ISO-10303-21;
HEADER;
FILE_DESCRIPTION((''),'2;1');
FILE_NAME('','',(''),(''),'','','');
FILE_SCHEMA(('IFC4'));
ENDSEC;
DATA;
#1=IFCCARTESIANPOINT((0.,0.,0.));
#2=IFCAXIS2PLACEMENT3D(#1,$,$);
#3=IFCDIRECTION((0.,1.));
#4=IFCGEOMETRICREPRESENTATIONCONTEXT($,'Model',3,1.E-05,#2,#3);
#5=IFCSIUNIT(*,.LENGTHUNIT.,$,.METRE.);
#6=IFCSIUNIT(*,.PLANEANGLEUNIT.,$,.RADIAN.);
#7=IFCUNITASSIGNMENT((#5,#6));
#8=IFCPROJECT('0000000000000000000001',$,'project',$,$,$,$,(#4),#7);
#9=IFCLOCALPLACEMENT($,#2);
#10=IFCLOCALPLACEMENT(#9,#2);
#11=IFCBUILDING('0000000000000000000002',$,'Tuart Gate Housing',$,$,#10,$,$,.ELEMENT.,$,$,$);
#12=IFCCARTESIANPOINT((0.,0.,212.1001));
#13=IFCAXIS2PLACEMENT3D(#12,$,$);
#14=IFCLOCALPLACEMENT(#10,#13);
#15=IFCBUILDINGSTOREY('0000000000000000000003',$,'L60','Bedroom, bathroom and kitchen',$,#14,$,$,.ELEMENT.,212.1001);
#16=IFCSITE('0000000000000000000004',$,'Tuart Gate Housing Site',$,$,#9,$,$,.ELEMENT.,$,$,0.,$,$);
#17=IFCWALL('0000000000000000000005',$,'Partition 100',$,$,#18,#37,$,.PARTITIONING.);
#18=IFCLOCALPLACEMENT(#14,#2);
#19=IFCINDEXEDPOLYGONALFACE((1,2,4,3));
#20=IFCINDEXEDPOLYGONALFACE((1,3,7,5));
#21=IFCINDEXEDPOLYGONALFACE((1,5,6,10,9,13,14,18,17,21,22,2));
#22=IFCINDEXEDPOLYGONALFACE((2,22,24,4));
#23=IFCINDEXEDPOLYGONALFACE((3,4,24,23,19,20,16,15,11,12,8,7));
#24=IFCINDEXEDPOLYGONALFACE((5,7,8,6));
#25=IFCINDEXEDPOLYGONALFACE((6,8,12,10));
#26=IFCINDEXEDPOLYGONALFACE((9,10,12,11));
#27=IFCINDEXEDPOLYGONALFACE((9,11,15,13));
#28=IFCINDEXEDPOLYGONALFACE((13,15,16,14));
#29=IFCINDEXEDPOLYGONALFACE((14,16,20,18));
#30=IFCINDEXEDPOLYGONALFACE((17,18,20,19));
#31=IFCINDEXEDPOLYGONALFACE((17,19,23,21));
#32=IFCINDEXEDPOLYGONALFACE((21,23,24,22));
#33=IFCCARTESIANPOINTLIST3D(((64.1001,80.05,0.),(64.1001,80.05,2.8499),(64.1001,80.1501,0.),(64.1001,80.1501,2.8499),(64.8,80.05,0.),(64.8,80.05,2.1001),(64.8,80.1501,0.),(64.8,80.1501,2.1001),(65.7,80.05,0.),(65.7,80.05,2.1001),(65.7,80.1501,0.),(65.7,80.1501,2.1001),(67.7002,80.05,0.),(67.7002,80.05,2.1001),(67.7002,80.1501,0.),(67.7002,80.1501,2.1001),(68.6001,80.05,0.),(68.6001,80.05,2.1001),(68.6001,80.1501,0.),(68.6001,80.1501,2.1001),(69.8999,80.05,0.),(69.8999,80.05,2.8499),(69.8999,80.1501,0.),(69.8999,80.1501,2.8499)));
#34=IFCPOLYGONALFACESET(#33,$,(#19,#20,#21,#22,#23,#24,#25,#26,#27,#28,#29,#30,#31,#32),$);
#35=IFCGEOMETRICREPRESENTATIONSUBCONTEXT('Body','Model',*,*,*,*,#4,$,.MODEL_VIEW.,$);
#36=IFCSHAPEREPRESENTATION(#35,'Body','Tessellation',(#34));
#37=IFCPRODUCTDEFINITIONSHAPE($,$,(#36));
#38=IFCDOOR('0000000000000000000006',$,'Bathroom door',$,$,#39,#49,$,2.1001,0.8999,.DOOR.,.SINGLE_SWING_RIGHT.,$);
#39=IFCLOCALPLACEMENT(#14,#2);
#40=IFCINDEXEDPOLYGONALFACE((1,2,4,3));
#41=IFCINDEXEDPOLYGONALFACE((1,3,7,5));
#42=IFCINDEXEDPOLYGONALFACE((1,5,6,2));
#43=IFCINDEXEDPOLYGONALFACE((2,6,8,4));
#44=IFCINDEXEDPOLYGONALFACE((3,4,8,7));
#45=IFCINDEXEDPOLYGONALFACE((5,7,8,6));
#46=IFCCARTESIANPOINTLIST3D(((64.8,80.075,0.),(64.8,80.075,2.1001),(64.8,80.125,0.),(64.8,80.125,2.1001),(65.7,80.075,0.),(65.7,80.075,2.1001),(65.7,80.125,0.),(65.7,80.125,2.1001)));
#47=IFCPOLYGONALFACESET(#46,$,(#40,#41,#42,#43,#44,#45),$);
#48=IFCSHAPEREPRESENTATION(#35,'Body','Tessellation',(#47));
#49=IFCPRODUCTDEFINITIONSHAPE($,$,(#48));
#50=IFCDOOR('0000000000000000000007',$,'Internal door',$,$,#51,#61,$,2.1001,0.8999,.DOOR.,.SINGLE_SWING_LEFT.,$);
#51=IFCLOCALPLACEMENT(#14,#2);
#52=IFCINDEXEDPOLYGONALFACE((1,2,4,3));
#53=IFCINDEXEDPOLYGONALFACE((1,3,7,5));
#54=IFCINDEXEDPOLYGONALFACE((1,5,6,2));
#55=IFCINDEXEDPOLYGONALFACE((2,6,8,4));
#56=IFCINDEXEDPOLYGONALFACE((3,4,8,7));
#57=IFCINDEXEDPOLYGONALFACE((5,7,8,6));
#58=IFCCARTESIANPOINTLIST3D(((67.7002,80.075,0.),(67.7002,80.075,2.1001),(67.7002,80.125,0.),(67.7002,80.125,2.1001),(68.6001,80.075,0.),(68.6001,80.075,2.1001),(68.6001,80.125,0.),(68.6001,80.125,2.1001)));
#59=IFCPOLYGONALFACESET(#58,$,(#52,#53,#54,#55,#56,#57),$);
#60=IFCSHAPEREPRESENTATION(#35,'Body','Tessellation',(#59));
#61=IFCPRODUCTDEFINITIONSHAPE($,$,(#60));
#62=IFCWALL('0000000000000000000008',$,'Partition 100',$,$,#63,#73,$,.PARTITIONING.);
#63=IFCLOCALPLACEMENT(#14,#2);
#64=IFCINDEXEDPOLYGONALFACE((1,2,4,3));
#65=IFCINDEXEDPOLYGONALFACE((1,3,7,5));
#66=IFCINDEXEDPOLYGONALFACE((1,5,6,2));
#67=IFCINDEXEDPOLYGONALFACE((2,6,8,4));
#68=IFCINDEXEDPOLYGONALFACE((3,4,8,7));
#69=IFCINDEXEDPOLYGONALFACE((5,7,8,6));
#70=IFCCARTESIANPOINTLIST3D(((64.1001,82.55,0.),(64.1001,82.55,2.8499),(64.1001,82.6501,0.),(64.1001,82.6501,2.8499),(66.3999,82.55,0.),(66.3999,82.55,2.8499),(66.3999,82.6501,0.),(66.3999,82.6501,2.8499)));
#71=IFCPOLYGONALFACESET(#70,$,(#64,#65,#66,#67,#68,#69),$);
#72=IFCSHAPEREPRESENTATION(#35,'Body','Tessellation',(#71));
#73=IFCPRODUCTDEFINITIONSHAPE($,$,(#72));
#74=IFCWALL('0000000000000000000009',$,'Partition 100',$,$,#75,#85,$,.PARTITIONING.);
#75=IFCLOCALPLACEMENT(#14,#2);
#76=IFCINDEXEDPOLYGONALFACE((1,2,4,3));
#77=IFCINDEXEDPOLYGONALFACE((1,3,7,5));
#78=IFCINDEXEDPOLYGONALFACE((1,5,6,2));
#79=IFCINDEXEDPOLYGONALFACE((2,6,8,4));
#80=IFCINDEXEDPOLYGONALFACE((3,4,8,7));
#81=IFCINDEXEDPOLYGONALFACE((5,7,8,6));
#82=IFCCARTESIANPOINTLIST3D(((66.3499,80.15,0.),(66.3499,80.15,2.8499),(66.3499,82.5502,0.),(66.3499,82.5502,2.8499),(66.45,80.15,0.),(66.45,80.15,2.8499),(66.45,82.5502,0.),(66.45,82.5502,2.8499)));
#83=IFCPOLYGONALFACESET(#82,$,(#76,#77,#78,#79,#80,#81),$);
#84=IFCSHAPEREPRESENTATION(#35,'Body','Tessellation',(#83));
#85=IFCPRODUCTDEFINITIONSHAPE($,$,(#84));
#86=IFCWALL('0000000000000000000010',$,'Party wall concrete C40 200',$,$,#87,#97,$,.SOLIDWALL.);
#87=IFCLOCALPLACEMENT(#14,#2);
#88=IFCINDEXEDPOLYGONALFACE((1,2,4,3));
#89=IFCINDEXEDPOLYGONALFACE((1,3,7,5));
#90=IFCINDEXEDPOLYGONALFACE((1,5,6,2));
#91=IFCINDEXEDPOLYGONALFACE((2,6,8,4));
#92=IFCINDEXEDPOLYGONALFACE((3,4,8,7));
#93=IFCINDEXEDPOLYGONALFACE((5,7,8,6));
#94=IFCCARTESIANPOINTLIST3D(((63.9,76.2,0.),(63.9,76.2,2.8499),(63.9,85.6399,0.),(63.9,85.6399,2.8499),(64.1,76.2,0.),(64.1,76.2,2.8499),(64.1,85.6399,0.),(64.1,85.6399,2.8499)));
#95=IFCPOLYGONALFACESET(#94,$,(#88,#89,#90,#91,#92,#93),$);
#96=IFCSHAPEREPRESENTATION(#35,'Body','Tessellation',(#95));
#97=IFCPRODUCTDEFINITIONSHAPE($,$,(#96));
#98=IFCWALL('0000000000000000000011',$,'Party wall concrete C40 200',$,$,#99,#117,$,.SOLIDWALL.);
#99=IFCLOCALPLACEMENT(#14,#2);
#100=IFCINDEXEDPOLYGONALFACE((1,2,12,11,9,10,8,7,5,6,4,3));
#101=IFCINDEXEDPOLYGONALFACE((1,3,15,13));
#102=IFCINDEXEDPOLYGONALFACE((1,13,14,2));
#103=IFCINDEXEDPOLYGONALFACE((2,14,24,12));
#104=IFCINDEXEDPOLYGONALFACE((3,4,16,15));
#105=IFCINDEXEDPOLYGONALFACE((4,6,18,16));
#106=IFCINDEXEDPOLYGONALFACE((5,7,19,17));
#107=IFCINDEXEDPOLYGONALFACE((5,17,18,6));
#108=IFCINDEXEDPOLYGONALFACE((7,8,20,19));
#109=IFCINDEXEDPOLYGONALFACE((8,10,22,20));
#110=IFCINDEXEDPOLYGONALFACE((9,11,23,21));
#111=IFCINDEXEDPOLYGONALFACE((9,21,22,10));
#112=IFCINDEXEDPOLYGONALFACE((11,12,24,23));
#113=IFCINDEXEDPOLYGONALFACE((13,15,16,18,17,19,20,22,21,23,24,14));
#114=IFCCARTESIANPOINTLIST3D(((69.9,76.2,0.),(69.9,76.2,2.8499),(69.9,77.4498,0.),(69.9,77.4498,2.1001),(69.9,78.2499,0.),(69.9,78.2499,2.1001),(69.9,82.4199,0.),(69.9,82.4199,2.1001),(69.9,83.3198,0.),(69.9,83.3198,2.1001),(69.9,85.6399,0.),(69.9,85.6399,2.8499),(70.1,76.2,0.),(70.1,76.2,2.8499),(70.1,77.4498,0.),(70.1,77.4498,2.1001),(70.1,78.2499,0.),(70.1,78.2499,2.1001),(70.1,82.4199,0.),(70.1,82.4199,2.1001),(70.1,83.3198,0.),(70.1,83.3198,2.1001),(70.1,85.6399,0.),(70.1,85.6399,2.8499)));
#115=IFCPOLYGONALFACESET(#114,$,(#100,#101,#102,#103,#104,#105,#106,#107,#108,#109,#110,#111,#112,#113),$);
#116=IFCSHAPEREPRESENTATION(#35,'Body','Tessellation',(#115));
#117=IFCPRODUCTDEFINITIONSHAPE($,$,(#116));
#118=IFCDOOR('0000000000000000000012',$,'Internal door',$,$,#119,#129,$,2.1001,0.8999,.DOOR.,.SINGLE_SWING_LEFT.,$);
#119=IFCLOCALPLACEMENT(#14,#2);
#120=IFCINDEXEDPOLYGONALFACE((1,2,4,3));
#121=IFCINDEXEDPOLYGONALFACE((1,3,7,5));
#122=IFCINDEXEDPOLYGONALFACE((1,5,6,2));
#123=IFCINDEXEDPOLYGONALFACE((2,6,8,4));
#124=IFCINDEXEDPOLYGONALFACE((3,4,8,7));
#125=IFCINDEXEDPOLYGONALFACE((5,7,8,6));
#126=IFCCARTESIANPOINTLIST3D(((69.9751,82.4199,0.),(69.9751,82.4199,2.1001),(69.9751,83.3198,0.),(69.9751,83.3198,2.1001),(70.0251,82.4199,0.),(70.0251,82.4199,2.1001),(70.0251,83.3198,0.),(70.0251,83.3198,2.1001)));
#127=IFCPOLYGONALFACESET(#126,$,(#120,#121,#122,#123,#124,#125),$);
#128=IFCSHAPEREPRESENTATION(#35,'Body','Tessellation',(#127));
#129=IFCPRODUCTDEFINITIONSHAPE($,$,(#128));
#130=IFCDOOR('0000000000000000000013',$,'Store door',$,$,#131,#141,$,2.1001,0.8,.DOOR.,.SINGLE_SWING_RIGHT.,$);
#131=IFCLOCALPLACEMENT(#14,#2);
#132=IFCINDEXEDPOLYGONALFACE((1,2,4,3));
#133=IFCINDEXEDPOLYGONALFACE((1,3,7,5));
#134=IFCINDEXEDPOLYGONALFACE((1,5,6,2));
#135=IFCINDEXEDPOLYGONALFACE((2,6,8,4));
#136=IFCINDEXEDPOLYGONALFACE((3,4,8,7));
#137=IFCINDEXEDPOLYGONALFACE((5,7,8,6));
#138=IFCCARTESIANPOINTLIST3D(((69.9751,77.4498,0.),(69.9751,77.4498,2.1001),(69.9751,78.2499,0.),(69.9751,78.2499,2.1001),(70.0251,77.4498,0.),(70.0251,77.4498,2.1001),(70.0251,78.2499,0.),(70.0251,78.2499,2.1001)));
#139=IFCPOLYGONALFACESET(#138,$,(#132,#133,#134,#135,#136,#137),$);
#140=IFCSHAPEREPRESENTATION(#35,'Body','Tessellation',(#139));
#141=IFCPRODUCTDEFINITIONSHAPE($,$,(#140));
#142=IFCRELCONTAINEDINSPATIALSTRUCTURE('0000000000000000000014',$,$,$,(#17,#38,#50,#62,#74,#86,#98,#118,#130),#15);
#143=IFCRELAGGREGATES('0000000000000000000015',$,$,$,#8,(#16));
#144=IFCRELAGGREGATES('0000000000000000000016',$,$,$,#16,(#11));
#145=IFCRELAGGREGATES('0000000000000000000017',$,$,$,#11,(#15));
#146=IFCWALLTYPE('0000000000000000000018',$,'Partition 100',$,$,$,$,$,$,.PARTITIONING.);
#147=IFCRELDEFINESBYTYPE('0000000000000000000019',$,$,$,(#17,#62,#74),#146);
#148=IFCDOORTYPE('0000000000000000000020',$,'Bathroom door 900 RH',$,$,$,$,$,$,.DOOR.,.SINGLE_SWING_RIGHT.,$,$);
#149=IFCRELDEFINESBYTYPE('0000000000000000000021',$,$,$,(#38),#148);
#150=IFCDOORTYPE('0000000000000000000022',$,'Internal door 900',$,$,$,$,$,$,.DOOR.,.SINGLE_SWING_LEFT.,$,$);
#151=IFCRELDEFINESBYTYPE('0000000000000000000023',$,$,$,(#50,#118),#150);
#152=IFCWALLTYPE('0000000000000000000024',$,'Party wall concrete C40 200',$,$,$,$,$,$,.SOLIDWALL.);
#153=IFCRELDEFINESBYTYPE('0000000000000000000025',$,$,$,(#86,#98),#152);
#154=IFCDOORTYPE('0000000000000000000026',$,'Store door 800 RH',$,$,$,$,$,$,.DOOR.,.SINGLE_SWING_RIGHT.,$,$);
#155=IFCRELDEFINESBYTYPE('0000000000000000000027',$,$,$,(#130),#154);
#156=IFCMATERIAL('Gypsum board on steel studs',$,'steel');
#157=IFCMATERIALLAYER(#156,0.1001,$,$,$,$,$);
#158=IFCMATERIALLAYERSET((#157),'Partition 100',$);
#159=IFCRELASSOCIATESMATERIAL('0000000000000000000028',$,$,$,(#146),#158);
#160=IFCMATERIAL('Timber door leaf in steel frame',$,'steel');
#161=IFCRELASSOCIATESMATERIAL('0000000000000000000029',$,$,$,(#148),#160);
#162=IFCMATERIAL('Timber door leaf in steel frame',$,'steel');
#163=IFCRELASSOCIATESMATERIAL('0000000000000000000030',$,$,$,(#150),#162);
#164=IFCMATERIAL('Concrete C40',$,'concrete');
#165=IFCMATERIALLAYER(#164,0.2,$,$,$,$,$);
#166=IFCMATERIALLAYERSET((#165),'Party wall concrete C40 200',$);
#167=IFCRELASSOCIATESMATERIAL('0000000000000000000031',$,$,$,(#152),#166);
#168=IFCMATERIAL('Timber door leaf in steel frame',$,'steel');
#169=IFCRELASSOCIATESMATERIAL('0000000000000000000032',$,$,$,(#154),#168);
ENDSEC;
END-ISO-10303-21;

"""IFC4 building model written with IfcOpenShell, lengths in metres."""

from ifc_helpers import new_model, si_unit, direction, frame, frame_2d, origin, place, context, subcontext, project, spatial, rectangle, extrude, material, layer, layer_set, type_object, element, fill, save


model = new_model("IFC4")

# Units and contexts
model_context = context("Model", 3, precision=1e-05, world=origin(), true_north=direction((0.0, 1.0)))
body_context = subcontext(model_context, "Body", "Model", "MODEL_VIEW")
ifc_project = project(units=[si_unit("LENGTHUNIT", "METRE"), si_unit("PLANEANGLEUNIT", "RADIAN")], contexts=[model_context])

# Site, building, storey
site_placement = place(None, origin())
site = spatial("IfcSite", under=ifc_project, at=site_placement, Name="Tuart Gate Housing Site", CompositionType="ELEMENT", RefElevation=0.0)
building_placement = place(site_placement, origin())
building = spatial("IfcBuilding", under=site, at=building_placement, Name="Tuart Gate Housing", CompositionType="ELEMENT")
storey_placement = place(building_placement, frame((0.0, 0.0, 212.1001)))
storey = spatial("IfcBuildingStorey", under=building, at=storey_placement, Name="L60", Description="Bedroom, bathroom and kitchen", CompositionType="ELEMENT", Elevation=212.1001)

# Wall, openings, doors
ifc_material_1 = material(Name="Gypsum board on steel studs", Category="steel")
ifc_layer_1 = layer(ifc_material_1, 0.1001)
ifc_layer_set_1 = layer_set([ifc_layer_1], Name="Partition 100")
wall_type_1 = type_object("IfcWallType", Name="Partition 100", PredefinedType="PARTITIONING", material=ifc_layer_set_1)
wall_1_placement = place(storey_placement, frame((64.1001, 80.1001, 0.0), z_axis=(0.0, 0.0, 1.0), x_axis=(1.0, 0.0, 0.0)))
wall_1 = element("IfcWall", 1, at=wall_1_placement, inside=storey, type_object=wall_type_1, Name="Partition 100", PredefinedType="PARTITIONING", context=body_context, shape_type="SweptSolid", body=[
    extrude(rectangle(XDim=5.7998, YDim=0.1001, at=frame_2d((2.8999, 0.0))), origin(), (0.0, 0.0, 1.0), 2.8499),
])
opening_1_placement = place(wall_1_placement, frame((3.6001, 0.0, 0.0)))
opening_1 = element("IfcOpeningElement", 2, at=opening_1_placement, cuts=wall_1, PredefinedType="OPENING", context=body_context, shape_type="SweptSolid", body=[
    extrude(rectangle(XDim=0.8999, YDim=2.1001, at=frame_2d((0.45, 1.05))), frame((0.0, 0.0601, 0.0), z_axis=(0.0, -1.0, 0.0), x_axis=(1.0, 0.0, 0.0)), (0.0, 0.0, 1.0), 0.1201),
])
opening_2_placement = place(wall_1_placement, frame((0.7, 0.0, 0.0)))
opening_2 = element("IfcOpeningElement", 3, at=opening_2_placement, cuts=wall_1, PredefinedType="OPENING", context=body_context, shape_type="SweptSolid", body=[
    extrude(rectangle(XDim=0.8999, YDim=2.1001, at=frame_2d((0.45, 1.05))), frame((0.0, 0.0601, 0.0), z_axis=(0.0, -1.0, 0.0), x_axis=(1.0, 0.0, 0.0)), (0.0, 0.0, 1.0), 0.1201),
])
ifc_material_2 = material(Name="Timber door leaf in steel frame", Category="steel")
door_type_1 = type_object("IfcDoorType", Name="Bathroom door 900 RH", OperationType="SINGLE_SWING_RIGHT", PredefinedType="DOOR", material=ifc_material_2)
door_1_placement = place(opening_2_placement, origin())
door_1 = element("IfcDoor", 4, at=door_1_placement, inside=storey, type_object=door_type_1, Name="Bathroom door", OperationType="SINGLE_SWING_RIGHT", OverallHeight=2.1001, OverallWidth=0.8999, PredefinedType="DOOR", context=body_context, shape_type="SweptSolid", body=[
    extrude(rectangle(XDim=0.8999, YDim=2.1001, at=frame_2d((0.45, 1.05))), frame((0.0, 0.0249, 0.0), z_axis=(0.0, -1.0, 0.0), x_axis=(1.0, 0.0, 0.0)), (0.0, 0.0, 1.0), 0.05),
])
fill(opening_2, door_1)
ifc_material_3 = material(Name="Timber door leaf in steel frame", Category="steel")
door_type_2 = type_object("IfcDoorType", Name="Internal door 900", OperationType="SINGLE_SWING_LEFT", PredefinedType="DOOR", material=ifc_material_3)
door_2_placement = place(opening_1_placement, frame((0.8999, 0.0, 0.0), z_axis=(0.0, 0.0, 1.0), x_axis=(-1.0, 0.0, 0.0)))
door_2 = element("IfcDoor", 5, at=door_2_placement, inside=storey, type_object=door_type_2, Name="Internal door", OperationType="SINGLE_SWING_LEFT", OverallHeight=2.1001, OverallWidth=0.8999, PredefinedType="DOOR", context=body_context, shape_type="SweptSolid", body=[
    extrude(rectangle(XDim=0.8999, YDim=2.1001, at=frame_2d((0.45, 1.05))), frame((0.0, 0.0251, 0.0), z_axis=(0.0, -1.0, 0.0), x_axis=(1.0, 0.0, 0.0)), (0.0, 0.0, 1.0), 0.05),
])
fill(opening_1, door_2)

# Walls
wall_2_placement = place(storey_placement, frame((64.1001, 82.6001, 0.0), z_axis=(0.0, 0.0, 1.0), x_axis=(1.0, 0.0, 0.0)))
element("IfcWall", 6, at=wall_2_placement, inside=storey, type_object=wall_type_1, Name="Partition 100", PredefinedType="PARTITIONING", context=body_context, shape_type="SweptSolid", body=[
    extrude(rectangle(XDim=2.2998, YDim=0.1001, at=frame_2d((1.1499, 0.0))), origin(), (0.0, 0.0, 1.0), 2.8499),
])
wall_3_placement = place(storey_placement, frame((66.3999, 80.1499, 0.0), z_axis=(0.0, 0.0, 1.0), x_axis=(0.0, 1.0, 0.0)))
element("IfcWall", 7, at=wall_3_placement, inside=storey, type_object=wall_type_1, Name="Partition 100", PredefinedType="PARTITIONING", context=body_context, shape_type="SweptSolid", body=[
    extrude(rectangle(XDim=2.4001, YDim=0.1001, at=frame_2d((1.2002, 0.0))), origin(), (0.0, 0.0, 1.0), 2.8499),
])
ifc_material_4 = material(Name="Concrete C40", Category="concrete")
ifc_layer_2 = layer(ifc_material_4, 0.2)
ifc_layer_set_2 = layer_set([ifc_layer_2], Name="Party wall concrete C40 200")
wall_type_2 = type_object("IfcWallType", Name="Party wall concrete C40 200", PredefinedType="SOLIDWALL", material=ifc_layer_set_2)
wall_4_placement = place(storey_placement, frame((64.0, 76.2, 0.0), z_axis=(0.0, 0.0, 1.0), x_axis=(0.0, 1.0, 0.0)))
element("IfcWall", 8, at=wall_4_placement, inside=storey, type_object=wall_type_2, Name="Party wall concrete C40 200", PredefinedType="SOLIDWALL", context=body_context, shape_type="SweptSolid", body=[
    extrude(rectangle(XDim=9.4399, YDim=0.2, at=frame_2d((4.72, 0.0))), origin(), (0.0, 0.0, 1.0), 2.8499),
])

# Wall, openings, doors
wall_5_placement = place(storey_placement, frame((70.0, 76.2, 0.0), z_axis=(0.0, 0.0, 1.0), x_axis=(0.0, 1.0, 0.0)))
wall_5 = element("IfcWall", 9, at=wall_5_placement, inside=storey, type_object=wall_type_2, Name="Party wall concrete C40 200", PredefinedType="SOLIDWALL", context=body_context, shape_type="SweptSolid", body=[
    extrude(rectangle(XDim=9.4399, YDim=0.2, at=frame_2d((4.72, 0.0))), origin(), (0.0, 0.0, 1.0), 2.8499),
])
opening_3_placement = place(wall_5_placement, frame((6.22, 0.0, 0.0)))
opening_3 = element("IfcOpeningElement", 10, at=opening_3_placement, cuts=wall_5, PredefinedType="OPENING", context=body_context, shape_type="SweptSolid", body=[
    extrude(rectangle(XDim=0.8999, YDim=2.1001, at=frame_2d((0.45, 1.05))), frame((0.0, 0.1099, 0.0), z_axis=(0.0, -1.0, 0.0), x_axis=(1.0, 0.0, 0.0)), (0.0, 0.0, 1.0), 0.22),
])
opening_4_placement = place(wall_5_placement, frame((1.25, 0.0, 0.0)))
opening_4 = element("IfcOpeningElement", 11, at=opening_4_placement, cuts=wall_5, PredefinedType="OPENING", context=body_context, shape_type="SweptSolid", body=[
    extrude(rectangle(XDim=0.8, YDim=2.1001, at=frame_2d((0.3999, 1.05))), frame((0.0, 0.1099, 0.0), z_axis=(0.0, -1.0, 0.0), x_axis=(1.0, 0.0, 0.0)), (0.0, 0.0, 1.0), 0.22),
])
door_3_placement = place(opening_3_placement, frame((0.8999, 0.0, 0.0), z_axis=(0.0, 0.0, 1.0), x_axis=(-1.0, 0.0, 0.0)))
door_3 = element("IfcDoor", 12, at=door_3_placement, inside=storey, type_object=door_type_2, Name="Internal door", OperationType="SINGLE_SWING_LEFT", OverallHeight=2.1001, OverallWidth=0.8999, PredefinedType="DOOR", context=body_context, shape_type="SweptSolid", body=[
    extrude(rectangle(XDim=0.8999, YDim=2.1001, at=frame_2d((0.45, 1.05))), frame((0.0, 0.0251, 0.0), z_axis=(0.0, -1.0, 0.0), x_axis=(1.0, 0.0, 0.0)), (0.0, 0.0, 1.0), 0.05),
])
fill(opening_3, door_3)
ifc_material_5 = material(Name="Timber door leaf in steel frame", Category="steel")
door_type_3 = type_object("IfcDoorType", Name="Store door 800 RH", OperationType="SINGLE_SWING_RIGHT", PredefinedType="DOOR", material=ifc_material_5)
door_4_placement = place(opening_4_placement, frame((0.8, 0.0, 0.0), z_axis=(0.0, 0.0, 1.0), x_axis=(-1.0, 0.0, 0.0)))
door_4 = element("IfcDoor", 13, at=door_4_placement, inside=storey, type_object=door_type_3, Name="Store door", OperationType="SINGLE_SWING_RIGHT", OverallHeight=2.1001, OverallWidth=0.8, PredefinedType="DOOR", context=body_context, shape_type="SweptSolid", body=[
    extrude(rectangle(XDim=0.8, YDim=2.1001, at=frame_2d((0.4001, 1.05))), frame((0.0, 0.0251, 0.0), z_axis=(0.0, -1.0, 0.0), x_axis=(1.0, 0.0, 0.0)), (0.0, 0.0, 1.0), 0.05),
])
fill(opening_4, door_4)

save(model, "model.ifc")
